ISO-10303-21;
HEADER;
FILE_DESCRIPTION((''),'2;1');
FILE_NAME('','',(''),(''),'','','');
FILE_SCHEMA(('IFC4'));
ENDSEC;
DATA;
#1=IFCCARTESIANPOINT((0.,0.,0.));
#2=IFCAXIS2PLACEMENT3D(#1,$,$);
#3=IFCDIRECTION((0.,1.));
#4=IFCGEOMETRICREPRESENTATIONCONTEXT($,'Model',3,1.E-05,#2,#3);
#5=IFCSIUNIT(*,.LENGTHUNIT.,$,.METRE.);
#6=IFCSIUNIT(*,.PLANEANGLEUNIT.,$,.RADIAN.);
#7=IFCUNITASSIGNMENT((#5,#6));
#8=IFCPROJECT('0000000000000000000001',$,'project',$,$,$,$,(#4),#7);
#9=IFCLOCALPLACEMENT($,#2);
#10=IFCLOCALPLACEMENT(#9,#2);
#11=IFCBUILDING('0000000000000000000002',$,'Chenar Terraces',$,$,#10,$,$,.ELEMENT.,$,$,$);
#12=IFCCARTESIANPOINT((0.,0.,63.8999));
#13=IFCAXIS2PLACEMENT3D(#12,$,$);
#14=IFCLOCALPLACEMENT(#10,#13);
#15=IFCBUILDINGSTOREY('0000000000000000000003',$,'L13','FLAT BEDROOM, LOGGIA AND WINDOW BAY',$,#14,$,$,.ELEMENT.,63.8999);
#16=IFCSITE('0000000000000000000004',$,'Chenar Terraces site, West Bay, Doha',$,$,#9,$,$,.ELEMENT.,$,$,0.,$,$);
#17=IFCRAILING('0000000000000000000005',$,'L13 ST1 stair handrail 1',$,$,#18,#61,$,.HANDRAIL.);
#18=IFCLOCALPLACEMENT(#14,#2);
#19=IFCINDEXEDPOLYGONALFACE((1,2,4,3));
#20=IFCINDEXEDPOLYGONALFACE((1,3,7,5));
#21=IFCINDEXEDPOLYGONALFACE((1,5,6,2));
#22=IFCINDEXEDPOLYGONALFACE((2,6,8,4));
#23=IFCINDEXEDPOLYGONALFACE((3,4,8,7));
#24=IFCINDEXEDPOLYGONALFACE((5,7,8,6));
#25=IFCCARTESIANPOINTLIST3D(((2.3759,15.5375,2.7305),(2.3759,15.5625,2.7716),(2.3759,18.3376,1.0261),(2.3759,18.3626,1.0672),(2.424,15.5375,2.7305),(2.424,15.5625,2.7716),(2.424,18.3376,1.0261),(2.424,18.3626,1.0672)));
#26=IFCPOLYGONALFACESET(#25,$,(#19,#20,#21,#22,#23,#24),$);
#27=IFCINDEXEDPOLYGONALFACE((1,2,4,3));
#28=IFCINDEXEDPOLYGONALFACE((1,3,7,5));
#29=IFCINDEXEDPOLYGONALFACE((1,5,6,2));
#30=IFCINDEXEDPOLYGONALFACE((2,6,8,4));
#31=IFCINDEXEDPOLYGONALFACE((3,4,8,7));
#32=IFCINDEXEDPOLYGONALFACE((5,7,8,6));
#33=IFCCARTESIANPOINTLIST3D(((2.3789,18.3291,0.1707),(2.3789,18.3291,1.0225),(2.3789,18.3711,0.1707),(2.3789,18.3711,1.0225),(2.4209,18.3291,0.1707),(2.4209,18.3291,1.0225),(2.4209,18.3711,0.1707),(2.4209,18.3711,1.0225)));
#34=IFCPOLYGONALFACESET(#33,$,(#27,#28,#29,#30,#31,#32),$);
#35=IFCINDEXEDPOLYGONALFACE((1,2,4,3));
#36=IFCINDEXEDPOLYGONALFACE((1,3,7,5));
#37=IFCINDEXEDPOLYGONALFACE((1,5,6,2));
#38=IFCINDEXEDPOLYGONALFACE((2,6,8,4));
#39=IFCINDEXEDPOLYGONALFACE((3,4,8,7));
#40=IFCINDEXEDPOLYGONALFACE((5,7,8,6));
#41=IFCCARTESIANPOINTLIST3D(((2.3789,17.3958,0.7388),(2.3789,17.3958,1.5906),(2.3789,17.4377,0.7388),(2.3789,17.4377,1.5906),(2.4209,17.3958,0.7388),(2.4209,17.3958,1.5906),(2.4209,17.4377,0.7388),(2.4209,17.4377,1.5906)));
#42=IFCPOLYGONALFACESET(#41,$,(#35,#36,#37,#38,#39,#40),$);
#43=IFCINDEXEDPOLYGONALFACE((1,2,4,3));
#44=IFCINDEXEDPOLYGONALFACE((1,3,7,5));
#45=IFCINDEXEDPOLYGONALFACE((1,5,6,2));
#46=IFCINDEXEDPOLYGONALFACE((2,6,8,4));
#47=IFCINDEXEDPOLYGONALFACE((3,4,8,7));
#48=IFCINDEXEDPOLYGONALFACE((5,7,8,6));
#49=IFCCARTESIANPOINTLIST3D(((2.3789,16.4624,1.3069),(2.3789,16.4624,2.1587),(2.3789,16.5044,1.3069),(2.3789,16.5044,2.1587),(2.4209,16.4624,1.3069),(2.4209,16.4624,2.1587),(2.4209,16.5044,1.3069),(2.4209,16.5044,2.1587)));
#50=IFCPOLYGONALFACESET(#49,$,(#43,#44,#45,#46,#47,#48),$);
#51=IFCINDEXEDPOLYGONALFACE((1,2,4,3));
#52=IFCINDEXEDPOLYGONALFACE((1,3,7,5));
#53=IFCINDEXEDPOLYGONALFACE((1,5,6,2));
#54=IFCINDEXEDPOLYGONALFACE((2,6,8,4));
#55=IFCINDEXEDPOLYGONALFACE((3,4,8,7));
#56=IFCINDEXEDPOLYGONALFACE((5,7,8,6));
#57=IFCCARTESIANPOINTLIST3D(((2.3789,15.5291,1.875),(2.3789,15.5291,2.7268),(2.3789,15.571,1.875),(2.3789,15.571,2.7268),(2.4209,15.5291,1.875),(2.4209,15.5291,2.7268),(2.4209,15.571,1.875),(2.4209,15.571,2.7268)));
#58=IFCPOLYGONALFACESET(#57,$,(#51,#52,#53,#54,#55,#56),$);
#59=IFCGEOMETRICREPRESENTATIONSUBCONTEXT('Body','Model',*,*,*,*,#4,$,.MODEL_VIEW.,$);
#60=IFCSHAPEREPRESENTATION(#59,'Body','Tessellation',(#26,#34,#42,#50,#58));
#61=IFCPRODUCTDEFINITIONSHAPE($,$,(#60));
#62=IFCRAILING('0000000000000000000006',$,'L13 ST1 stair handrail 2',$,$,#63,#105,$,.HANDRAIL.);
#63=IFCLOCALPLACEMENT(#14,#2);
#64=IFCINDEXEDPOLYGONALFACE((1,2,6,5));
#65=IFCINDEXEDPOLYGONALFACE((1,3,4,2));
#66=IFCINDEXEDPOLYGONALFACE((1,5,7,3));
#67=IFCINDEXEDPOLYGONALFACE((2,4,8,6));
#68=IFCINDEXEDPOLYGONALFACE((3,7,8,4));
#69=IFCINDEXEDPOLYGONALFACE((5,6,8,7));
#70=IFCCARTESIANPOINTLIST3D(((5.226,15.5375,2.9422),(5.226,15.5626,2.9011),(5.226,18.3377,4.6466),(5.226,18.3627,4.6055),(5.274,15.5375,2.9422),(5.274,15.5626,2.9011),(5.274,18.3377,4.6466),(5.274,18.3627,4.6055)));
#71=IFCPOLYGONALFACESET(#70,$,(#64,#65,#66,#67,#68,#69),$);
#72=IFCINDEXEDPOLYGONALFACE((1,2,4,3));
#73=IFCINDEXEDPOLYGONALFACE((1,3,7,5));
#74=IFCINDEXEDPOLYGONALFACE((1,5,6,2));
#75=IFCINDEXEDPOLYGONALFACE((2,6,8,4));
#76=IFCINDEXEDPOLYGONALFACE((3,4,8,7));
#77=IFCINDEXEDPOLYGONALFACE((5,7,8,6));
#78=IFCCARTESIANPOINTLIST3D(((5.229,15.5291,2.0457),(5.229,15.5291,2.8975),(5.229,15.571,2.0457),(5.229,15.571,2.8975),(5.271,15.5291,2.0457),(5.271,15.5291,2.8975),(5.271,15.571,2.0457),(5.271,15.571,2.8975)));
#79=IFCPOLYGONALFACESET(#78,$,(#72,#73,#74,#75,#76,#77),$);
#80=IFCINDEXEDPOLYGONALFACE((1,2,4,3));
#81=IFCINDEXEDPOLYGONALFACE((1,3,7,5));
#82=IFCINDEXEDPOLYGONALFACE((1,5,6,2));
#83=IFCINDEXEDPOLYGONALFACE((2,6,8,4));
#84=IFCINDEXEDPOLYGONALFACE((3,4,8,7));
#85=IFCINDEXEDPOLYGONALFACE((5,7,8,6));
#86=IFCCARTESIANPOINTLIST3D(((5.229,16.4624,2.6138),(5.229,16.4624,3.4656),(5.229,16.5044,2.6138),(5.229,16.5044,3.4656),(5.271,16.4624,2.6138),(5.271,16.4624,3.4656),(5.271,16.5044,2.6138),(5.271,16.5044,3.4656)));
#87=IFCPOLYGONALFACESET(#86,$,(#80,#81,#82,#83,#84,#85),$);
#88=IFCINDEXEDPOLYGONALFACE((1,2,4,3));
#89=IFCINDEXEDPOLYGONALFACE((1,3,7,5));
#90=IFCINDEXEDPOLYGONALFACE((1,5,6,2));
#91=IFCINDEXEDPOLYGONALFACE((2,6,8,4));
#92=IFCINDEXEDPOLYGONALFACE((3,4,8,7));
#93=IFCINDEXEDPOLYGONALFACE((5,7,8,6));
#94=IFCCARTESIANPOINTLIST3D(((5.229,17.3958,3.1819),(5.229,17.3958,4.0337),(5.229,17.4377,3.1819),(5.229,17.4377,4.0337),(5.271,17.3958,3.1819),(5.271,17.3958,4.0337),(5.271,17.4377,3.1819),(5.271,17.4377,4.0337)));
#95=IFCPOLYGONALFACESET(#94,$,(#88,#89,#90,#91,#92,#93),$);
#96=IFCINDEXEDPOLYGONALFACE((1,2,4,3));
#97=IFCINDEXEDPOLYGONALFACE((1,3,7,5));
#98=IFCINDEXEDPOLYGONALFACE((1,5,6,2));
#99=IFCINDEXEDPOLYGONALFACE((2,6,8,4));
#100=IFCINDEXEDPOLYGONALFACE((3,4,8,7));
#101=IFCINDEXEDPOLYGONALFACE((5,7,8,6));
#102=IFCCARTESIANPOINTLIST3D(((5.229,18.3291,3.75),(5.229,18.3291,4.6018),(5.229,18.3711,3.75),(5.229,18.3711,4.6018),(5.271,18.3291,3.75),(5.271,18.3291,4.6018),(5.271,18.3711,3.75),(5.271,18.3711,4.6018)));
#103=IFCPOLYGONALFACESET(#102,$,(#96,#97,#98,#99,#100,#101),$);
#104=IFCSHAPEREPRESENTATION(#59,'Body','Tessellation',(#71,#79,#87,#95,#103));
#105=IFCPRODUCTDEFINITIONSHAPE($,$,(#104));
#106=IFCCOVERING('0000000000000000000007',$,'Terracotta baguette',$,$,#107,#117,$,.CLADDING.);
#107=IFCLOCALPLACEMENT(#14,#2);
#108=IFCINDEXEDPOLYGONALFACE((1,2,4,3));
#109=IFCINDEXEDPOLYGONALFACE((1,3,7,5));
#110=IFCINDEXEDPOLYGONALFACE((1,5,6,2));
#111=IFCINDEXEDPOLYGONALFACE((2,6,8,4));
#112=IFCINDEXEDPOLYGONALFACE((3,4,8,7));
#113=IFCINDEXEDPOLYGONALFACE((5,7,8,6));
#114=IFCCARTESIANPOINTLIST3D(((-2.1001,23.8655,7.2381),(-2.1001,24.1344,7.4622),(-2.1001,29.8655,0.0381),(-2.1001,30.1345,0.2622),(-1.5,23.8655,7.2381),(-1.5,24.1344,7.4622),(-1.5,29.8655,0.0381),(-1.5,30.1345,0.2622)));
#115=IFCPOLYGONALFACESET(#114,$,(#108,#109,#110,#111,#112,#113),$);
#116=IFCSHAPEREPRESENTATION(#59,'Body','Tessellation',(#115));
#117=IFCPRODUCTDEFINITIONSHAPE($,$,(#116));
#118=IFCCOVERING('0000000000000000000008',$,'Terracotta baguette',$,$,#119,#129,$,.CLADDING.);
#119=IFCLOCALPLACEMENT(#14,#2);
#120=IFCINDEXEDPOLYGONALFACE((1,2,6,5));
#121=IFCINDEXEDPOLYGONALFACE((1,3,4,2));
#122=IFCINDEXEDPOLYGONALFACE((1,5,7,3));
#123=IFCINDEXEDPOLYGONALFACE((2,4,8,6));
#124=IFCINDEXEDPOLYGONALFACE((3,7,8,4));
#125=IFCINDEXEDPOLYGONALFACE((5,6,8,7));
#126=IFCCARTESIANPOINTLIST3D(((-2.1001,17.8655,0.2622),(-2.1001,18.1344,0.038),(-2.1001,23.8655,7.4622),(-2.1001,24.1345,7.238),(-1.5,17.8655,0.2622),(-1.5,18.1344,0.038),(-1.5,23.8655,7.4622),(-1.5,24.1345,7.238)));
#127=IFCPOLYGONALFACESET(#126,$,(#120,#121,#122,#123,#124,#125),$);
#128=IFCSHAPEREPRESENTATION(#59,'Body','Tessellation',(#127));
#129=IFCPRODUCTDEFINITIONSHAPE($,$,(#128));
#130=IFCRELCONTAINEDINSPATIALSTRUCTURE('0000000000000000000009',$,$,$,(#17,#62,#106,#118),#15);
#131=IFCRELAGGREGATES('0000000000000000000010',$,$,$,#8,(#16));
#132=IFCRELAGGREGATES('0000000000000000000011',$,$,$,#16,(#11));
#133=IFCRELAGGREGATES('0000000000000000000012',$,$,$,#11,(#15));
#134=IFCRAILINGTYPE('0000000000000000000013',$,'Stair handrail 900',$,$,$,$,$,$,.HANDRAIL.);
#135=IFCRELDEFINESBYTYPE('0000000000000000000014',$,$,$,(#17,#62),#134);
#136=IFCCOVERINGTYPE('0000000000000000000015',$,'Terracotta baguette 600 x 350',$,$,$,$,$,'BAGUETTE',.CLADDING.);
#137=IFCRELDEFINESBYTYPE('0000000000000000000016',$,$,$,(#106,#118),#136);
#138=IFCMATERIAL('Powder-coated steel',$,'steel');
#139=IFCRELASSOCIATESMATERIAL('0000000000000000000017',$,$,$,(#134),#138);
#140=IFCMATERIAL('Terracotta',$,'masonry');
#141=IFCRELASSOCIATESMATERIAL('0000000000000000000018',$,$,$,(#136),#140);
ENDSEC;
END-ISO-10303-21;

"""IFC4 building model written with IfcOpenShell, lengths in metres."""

from ifc_helpers import new_model, si_unit, direction, frame, origin, origin_2d, place, context, subcontext, project, spatial, rectangle, extrude, material, material_profile, profile_set, type_object, element, save


model = new_model("IFC4")

# Units and contexts
model_context = context("Model", 3, precision=1e-05, world=origin(), true_north=direction((0.0, 1.0)))
body_context = subcontext(model_context, "Body", "Model", "MODEL_VIEW")
ifc_project = project(units=[si_unit("LENGTHUNIT", "METRE"), si_unit("PLANEANGLEUNIT", "RADIAN")], contexts=[model_context])

# Site, building, storey
site_placement = place(None, origin())
site = spatial("IfcSite", under=ifc_project, at=site_placement, Name="Chenar Terraces site, West Bay, Doha", CompositionType="ELEMENT", RefElevation=0.0)
building_placement = place(site_placement, origin())
building = spatial("IfcBuilding", under=site, at=building_placement, Name="Chenar Terraces", CompositionType="ELEMENT")
storey_placement = place(building_placement, frame((0.0, 0.0, 63.8999)))
storey = spatial("IfcBuildingStorey", under=building, at=storey_placement, Name="L13", Description="FLAT BEDROOM, LOGGIA AND WINDOW BAY", CompositionType="ELEMENT", Elevation=63.8999)

# Railings
ifc_material_1 = material(Name="Powder-coated steel", Category="steel")
railing_type_1 = type_object("IfcRailingType", Name="Stair handrail 900", PredefinedType="HANDRAIL", material=ifc_material_1)
railing_1_placement = place(storey_placement, frame((2.3999, 18.3501, 0.1707)))
element("IfcRailing", 1, at=railing_1_placement, inside=storey, type_object=railing_type_1, Name="L13 ST1 stair handrail 1", PredefinedType="HANDRAIL", context=body_context, shape_type="SweptSolid", body=[
    extrude(rectangle(XDim=0.0481, YDim=0.0481, at=origin_2d()), frame((0.0, 0.0, 0.876), z_axis=(0.0, -0.854203, 0.51994), x_axis=(1.0, 0.0, 0.0)), (0.0, 0.0, 1.0), 3.2781),
    extrude(rectangle(XDim=0.042, YDim=0.042, at=origin_2d()), origin(), (0.0, 0.0, 1.0), 0.8518),
    extrude(rectangle(XDim=0.042, YDim=0.042, at=origin_2d()), frame((0.0, -0.9333, 0.5681)), (0.0, 0.0, 1.0), 0.8518),
    extrude(rectangle(XDim=0.042, YDim=0.042, at=origin_2d()), frame((0.0, -1.8667, 1.1362)), (0.0, 0.0, 1.0), 0.8518),
    extrude(rectangle(XDim=0.042, YDim=0.042, at=origin_2d()), frame((0.0, -2.8, 1.7043)), (0.0, 0.0, 1.0), 0.8518),
])
railing_2_placement = place(storey_placement, frame((5.25, 15.55, 2.0457)))
element("IfcRailing", 2, at=railing_2_placement, inside=storey, type_object=railing_type_1, Name="L13 ST1 stair handrail 2", PredefinedType="HANDRAIL", context=body_context, shape_type="SweptSolid", body=[
    extrude(rectangle(XDim=0.0481, YDim=0.0481, at=origin_2d()), frame((0.0, 0.0, 0.876), z_axis=(0.0, 0.854203, 0.51994), x_axis=(-1.0, 0.0, 0.0)), (0.0, 0.0, 1.0), 3.2781),
    extrude(rectangle(XDim=0.042, YDim=0.042, at=origin_2d()), origin(), (0.0, 0.0, 1.0), 0.8518),
    extrude(rectangle(XDim=0.042, YDim=0.042, at=origin_2d()), frame((0.0, 0.9333, 0.5681)), (0.0, 0.0, 1.0), 0.8518),
    extrude(rectangle(XDim=0.042, YDim=0.042, at=origin_2d()), frame((0.0, 1.8667, 1.1362)), (0.0, 0.0, 1.0), 0.8518),
    extrude(rectangle(XDim=0.042, YDim=0.042, at=origin_2d()), frame((0.0, 2.8, 1.7043)), (0.0, 0.0, 1.0), 0.8518),
])

# Coverings
ifc_material_2 = material(Name="Terracotta", Category="masonry")
ifc_material_profile_1 = material_profile(ifc_material_2, rectangle(XDim=0.6001, YDim=0.3501, at=origin_2d()), Name="Terracotta baguette 600 x 350")
ifc_profile_set_1 = profile_set([ifc_material_profile_1], Name="Terracotta")
covering_type = type_object("IfcCoveringType", Name="Terracotta baguette 600 x 350", ElementType="BAGUETTE", PredefinedType="CLADDING", material=ifc_profile_set_1)
for number, where, z_axis, x_axis, name in (
    (3, (-1.8, 30.0, 0.1501), (0.0, -0.640187, 0.768219), (1.0, 0.0, 0.0), "Terracotta baguette"),
    (4, (-1.8, 24.0, 7.3501), (0.0, -0.640187, -0.768219), (1.0, 0.0, 0.0), "Terracotta baguette"),
):
    element("IfcCovering", number, at=place(storey_placement, frame(where, z_axis=z_axis, x_axis=x_axis)), inside=storey, type_object=covering_type, Name=name, PredefinedType="CLADDING", context=body_context, shape_type="SweptSolid", body=[
        extrude(rectangle(XDim=0.6001, YDim=0.3501, at=origin_2d()), origin(), (0.0, 0.0, 1.0), 9.3723),
    ])

save(model, "model.ifc")
